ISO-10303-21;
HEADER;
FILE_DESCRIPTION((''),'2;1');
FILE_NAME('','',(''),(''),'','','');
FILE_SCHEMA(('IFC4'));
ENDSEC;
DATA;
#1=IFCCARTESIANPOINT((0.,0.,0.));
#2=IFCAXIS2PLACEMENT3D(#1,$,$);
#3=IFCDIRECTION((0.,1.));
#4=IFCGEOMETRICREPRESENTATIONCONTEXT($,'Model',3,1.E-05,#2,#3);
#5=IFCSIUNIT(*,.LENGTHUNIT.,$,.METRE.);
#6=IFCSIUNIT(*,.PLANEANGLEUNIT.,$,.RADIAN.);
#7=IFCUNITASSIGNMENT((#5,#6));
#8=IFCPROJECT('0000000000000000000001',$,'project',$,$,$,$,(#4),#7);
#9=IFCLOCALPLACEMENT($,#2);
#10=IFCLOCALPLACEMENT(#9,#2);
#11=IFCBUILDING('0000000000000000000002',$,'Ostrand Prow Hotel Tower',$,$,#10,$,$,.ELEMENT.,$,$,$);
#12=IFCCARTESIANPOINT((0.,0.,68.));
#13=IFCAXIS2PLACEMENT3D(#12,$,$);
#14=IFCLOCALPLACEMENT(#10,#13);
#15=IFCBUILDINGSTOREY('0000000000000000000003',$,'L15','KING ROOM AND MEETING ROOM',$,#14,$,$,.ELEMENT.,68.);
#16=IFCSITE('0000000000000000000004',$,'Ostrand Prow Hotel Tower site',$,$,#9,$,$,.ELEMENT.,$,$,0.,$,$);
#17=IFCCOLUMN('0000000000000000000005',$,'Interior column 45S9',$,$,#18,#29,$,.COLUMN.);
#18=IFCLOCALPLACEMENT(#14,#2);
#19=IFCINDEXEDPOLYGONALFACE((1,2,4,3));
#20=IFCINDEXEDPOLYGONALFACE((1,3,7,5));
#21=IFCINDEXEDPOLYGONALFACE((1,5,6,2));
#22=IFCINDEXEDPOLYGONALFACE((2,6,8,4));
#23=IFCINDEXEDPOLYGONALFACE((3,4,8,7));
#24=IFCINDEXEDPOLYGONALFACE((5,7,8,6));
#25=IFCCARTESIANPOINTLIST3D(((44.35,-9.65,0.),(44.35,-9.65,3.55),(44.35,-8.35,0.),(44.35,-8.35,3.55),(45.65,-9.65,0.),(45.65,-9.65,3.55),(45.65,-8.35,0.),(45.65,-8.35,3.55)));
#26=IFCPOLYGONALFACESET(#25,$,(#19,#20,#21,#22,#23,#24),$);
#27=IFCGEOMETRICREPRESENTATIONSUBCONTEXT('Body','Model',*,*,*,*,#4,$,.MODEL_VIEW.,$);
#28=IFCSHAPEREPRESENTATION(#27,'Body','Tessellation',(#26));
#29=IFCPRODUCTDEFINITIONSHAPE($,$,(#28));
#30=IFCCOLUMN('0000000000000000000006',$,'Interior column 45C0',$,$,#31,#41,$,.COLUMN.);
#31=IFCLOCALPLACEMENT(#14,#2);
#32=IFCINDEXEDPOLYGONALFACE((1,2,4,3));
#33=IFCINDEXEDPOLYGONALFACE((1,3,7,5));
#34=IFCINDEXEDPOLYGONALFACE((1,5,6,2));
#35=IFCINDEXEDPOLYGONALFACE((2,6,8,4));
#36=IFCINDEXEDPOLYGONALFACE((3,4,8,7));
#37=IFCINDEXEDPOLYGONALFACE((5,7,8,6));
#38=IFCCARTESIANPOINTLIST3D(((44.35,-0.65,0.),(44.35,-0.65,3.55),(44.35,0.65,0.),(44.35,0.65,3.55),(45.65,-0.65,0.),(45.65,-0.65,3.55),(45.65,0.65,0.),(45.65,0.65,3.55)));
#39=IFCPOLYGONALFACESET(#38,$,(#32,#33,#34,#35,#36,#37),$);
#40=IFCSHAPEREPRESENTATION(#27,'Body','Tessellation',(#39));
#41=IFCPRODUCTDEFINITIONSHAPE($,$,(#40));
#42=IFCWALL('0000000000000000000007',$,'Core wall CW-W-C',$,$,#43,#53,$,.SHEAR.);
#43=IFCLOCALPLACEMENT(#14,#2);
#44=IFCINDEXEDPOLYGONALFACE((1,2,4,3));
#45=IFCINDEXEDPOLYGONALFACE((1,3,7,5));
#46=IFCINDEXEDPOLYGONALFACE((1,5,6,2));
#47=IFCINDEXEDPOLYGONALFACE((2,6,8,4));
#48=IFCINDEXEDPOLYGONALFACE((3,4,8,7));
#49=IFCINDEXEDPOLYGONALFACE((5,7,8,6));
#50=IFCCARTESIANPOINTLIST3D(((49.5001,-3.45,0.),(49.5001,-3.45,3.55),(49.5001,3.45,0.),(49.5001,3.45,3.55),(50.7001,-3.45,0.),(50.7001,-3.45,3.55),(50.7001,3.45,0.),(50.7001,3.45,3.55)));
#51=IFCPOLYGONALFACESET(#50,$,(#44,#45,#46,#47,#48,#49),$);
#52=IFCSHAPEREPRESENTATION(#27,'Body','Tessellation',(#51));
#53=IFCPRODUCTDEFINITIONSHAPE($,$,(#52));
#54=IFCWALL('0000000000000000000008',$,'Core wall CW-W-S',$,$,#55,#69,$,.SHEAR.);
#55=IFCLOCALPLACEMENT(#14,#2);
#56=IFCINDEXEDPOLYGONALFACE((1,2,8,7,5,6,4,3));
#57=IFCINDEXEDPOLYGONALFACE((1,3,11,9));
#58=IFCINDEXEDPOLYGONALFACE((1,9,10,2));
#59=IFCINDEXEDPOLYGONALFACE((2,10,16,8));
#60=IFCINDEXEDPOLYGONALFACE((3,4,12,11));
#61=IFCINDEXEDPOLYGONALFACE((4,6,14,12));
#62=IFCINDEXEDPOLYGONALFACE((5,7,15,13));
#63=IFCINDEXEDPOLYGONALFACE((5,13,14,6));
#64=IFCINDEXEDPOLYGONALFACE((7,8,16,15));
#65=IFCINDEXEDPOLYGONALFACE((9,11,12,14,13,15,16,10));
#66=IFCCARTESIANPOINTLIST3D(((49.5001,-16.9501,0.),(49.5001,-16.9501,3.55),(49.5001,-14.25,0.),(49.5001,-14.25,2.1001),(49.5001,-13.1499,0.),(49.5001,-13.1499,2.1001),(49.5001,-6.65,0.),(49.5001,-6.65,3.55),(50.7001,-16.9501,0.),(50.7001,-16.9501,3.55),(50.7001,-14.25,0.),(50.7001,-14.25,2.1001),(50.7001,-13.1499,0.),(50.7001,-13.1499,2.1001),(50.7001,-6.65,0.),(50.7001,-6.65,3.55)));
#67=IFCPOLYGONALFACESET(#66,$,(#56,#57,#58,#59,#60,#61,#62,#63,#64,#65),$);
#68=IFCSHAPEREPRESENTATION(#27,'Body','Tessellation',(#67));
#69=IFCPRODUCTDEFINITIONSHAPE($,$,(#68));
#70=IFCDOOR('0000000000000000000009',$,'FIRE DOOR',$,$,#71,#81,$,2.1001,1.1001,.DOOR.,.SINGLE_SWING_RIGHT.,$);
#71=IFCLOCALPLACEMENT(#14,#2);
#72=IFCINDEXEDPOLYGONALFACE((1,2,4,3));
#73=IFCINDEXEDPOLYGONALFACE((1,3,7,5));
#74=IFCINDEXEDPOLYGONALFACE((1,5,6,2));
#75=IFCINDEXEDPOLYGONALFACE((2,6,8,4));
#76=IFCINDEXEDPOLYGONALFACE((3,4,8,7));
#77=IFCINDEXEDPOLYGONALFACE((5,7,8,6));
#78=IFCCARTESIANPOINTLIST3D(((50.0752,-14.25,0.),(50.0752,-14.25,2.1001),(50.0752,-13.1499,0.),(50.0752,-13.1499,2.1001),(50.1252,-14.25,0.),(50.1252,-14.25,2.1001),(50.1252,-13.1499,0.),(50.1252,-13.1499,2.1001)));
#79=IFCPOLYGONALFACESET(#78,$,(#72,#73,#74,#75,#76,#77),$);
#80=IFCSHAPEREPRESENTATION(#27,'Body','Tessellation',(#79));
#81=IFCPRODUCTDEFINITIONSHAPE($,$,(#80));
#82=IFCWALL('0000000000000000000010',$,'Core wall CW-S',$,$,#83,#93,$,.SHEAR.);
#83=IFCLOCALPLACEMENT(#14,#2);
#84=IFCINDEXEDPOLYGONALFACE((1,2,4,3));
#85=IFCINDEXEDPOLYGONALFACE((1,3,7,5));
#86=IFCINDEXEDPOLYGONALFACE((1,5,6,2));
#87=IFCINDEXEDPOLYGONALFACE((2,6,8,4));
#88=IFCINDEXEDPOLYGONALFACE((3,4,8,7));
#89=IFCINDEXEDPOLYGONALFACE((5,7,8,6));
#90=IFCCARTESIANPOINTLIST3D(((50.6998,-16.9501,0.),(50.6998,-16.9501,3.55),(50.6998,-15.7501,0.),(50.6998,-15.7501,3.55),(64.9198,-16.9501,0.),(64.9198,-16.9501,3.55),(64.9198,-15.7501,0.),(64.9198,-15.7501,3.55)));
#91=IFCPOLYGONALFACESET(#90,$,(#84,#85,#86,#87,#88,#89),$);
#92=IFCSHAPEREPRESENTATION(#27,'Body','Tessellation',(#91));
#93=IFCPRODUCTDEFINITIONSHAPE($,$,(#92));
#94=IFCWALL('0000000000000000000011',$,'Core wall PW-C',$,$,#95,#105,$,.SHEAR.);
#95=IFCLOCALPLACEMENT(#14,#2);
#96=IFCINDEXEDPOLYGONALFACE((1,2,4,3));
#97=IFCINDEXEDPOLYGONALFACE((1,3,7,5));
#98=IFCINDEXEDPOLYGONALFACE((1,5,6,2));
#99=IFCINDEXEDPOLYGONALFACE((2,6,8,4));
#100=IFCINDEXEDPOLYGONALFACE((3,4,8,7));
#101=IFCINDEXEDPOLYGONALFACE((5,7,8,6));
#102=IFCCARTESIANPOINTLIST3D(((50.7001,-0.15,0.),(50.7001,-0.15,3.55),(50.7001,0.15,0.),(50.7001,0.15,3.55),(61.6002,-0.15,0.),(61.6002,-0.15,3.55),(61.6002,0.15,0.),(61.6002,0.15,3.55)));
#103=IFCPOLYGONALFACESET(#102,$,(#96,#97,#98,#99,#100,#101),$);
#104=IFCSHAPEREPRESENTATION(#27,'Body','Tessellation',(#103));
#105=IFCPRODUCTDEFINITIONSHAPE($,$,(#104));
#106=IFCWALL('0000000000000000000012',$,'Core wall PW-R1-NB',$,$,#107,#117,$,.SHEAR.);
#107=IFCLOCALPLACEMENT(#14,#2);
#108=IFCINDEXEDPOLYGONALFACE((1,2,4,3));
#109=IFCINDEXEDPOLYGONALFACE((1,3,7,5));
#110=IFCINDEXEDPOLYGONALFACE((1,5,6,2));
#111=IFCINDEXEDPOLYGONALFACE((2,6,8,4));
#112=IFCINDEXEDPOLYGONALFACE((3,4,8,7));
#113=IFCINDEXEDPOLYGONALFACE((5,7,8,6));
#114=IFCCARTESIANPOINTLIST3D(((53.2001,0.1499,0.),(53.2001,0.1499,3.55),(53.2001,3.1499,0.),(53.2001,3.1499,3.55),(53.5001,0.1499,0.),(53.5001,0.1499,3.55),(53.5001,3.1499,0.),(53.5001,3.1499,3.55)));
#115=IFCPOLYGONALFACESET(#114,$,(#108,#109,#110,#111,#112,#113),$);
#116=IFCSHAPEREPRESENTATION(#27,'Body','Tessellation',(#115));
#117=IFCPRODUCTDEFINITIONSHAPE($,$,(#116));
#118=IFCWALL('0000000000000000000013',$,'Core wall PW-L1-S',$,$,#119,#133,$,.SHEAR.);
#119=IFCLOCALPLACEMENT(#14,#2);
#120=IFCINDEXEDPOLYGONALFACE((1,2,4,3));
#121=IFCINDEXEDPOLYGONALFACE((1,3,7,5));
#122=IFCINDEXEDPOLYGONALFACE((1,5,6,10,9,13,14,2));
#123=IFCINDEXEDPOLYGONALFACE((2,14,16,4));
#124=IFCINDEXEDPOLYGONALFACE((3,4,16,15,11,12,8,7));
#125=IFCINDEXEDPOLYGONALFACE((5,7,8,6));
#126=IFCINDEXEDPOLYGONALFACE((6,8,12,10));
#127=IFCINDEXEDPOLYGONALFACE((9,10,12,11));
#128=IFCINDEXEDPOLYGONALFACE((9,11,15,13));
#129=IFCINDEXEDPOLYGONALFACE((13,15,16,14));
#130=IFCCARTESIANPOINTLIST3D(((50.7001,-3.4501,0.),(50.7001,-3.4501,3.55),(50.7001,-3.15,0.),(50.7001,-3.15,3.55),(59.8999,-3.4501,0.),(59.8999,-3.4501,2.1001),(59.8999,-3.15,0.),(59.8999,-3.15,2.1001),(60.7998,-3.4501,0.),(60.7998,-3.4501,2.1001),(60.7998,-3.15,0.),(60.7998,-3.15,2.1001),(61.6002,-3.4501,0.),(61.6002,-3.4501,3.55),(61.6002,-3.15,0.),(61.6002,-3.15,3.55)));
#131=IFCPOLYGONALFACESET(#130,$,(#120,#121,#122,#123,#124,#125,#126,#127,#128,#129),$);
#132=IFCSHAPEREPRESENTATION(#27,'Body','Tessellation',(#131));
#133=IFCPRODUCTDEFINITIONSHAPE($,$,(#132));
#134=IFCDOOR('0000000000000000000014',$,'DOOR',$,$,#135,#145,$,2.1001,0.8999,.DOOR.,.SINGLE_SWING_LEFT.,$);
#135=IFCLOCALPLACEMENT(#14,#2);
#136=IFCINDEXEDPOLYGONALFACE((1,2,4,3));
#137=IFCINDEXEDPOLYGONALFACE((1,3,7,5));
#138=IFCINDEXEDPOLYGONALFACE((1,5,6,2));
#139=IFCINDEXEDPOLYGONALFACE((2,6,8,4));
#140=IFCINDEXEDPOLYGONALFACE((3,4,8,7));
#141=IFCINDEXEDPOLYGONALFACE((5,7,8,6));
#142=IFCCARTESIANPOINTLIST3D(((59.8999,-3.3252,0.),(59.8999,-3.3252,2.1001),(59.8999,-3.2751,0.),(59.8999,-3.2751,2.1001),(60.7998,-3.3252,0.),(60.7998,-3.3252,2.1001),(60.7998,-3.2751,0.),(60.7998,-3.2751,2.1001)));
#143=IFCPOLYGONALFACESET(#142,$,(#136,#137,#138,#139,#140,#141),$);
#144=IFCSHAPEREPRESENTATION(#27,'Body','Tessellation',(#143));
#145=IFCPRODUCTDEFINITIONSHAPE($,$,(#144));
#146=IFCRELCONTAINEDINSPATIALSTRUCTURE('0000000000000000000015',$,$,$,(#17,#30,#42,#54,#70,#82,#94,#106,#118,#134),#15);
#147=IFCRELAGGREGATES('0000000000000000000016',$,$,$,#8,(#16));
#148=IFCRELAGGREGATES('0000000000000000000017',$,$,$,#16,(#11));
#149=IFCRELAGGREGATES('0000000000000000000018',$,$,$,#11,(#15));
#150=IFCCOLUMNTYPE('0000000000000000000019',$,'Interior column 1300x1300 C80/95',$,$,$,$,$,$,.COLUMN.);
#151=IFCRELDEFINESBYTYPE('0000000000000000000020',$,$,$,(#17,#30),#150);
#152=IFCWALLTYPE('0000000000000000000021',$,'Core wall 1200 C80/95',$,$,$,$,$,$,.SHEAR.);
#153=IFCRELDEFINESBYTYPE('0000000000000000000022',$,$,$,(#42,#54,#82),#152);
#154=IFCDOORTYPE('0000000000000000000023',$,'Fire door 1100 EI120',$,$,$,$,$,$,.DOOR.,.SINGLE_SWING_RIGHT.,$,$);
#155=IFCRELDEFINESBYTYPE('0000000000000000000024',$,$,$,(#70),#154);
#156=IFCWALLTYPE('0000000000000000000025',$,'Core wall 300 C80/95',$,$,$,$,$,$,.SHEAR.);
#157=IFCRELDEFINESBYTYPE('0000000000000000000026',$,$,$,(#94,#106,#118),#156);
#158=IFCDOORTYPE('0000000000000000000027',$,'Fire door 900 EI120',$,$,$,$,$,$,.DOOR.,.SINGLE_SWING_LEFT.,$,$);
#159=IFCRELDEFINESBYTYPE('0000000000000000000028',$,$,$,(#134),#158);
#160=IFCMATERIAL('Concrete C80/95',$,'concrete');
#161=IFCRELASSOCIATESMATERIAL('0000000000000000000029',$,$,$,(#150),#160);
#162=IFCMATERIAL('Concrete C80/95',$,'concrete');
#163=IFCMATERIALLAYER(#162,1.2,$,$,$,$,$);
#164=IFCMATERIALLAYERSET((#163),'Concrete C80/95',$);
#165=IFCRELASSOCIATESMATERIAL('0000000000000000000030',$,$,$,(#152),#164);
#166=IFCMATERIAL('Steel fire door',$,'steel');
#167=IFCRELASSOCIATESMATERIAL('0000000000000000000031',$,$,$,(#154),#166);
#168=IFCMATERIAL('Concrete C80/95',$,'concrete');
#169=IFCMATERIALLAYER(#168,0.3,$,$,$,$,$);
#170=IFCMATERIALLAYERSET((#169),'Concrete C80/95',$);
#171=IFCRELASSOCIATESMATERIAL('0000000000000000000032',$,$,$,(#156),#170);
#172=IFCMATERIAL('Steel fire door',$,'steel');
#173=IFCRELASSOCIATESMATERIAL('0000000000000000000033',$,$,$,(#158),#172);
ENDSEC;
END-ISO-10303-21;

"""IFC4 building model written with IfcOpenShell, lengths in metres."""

from ifc_helpers import new_model, si_unit, direction, frame, frame_2d, origin, origin_2d, place, context, subcontext, project, spatial, rectangle, extrude, material, layer, layer_set, material_profile, profile_set, type_object, element, fill, save


model = new_model("IFC4")

# Units and contexts
model_context = context("Model", 3, precision=1e-05, world=origin(), true_north=direction((0.0, 1.0)))
body_context = subcontext(model_context, "Body", "Model", "MODEL_VIEW")
ifc_project = project(units=[si_unit("LENGTHUNIT", "METRE"), si_unit("PLANEANGLEUNIT", "RADIAN")], contexts=[model_context])

# Site, building, storey
site_placement = place(None, origin())
site = spatial("IfcSite", under=ifc_project, at=site_placement, Name="Ostrand Prow Hotel Tower site", CompositionType="ELEMENT", RefElevation=0.0)
building_placement = place(site_placement, origin())
building = spatial("IfcBuilding", under=site, at=building_placement, Name="Ostrand Prow Hotel Tower", CompositionType="ELEMENT")
storey_placement = place(building_placement, frame((0.0, 0.0, 68.0)))
storey = spatial("IfcBuildingStorey", under=building, at=storey_placement, Name="L15", Description="KING ROOM AND MEETING ROOM", CompositionType="ELEMENT", Elevation=68.0)

# Columns
ifc_material_1 = material(Name="Concrete C80/95", Category="concrete")
ifc_material_profile = material_profile(ifc_material_1, rectangle(XDim=1.3, YDim=1.3, at=origin_2d()), Name="RC 1300x1300")
ifc_profile_set = profile_set([ifc_material_profile], Name="Concrete C80/95")
column_type = type_object("IfcColumnType", Name="Interior column 1300x1300 C80/95", PredefinedType="COLUMN", material=ifc_profile_set)
for number, where, z_axis, x_axis, name in (
    (1, (45.0, -9.0, 0.0), (0.0, 0.0, 1.0), (1.0, 0.0, 0.0), "Interior column 45S9"),
    (2, (45.0, 0.0, 0.0), (0.0, 0.0, 1.0), (1.0, 0.0, 0.0), "Interior column 45C0"),
):
    element("IfcColumn", number, at=place(storey_placement, frame(where, z_axis=z_axis, x_axis=x_axis)), inside=storey, type_object=column_type, Name=name, PredefinedType="COLUMN", context=body_context, shape_type="SweptSolid", body=[
        extrude(rectangle(XDim=1.3, YDim=1.3, at=origin_2d()), origin(), (0.0, 0.0, 1.0), 3.55),
    ])

# Wall
ifc_material_2 = material(Name="Concrete C80/95", Category="concrete")
ifc_layer_1 = layer(ifc_material_2, 1.2)
ifc_layer_set_1 = layer_set([ifc_layer_1], Name="Concrete C80/95")
wall_type_1 = type_object("IfcWallType", Name="Core wall 1200 C80/95", PredefinedType="SHEAR", material=ifc_layer_set_1)
wall_1_placement = place(storey_placement, frame((50.1001, -3.45, 0.0), z_axis=(0.0, 0.0, 1.0), x_axis=(0.0, 1.0, 0.0)))
element("IfcWall", 3, at=wall_1_placement, inside=storey, type_object=wall_type_1, Name="Core wall CW-W-C", PredefinedType="SHEAR", context=body_context, shape_type="SweptSolid", body=[
    extrude(rectangle(XDim=6.8999, YDim=1.2, at=frame_2d((3.45, 0.0))), origin(), (0.0, 0.0, 1.0), 3.55),
])

# Wall, opening, door
wall_2_placement = place(storey_placement, frame((50.1001, -16.95, 0.0), z_axis=(0.0, 0.0, 1.0), x_axis=(0.0, 1.0, 0.0)))
wall_2 = element("IfcWall", 4, at=wall_2_placement, inside=storey, type_object=wall_type_1, Name="Core wall CW-W-S", PredefinedType="SHEAR", context=body_context, shape_type="SweptSolid", body=[
    extrude(rectangle(XDim=10.3, YDim=1.2, at=frame_2d((5.1499, 0.0))), origin(), (0.0, 0.0, 1.0), 3.55),
])
opening_1_placement = place(wall_2_placement, frame((2.7, 0.0, 0.0)))
opening_1 = element("IfcOpeningElement", 5, at=opening_1_placement, cuts=wall_2, PredefinedType="OPENING", context=body_context, shape_type="SweptSolid", body=[
    extrude(rectangle(XDim=1.1001, YDim=2.1001, at=frame_2d((0.55, 1.05))), frame((0.0, 0.6099, 0.0), z_axis=(0.0, -1.0, 0.0), x_axis=(1.0, 0.0, 0.0)), (0.0, 0.0, 1.0), 1.22),
])
ifc_material_3 = material(Name="Steel fire door", Category="steel")
door_type_1 = type_object("IfcDoorType", Name="Fire door 1100 EI120", OperationType="SINGLE_SWING_RIGHT", PredefinedType="DOOR", material=ifc_material_3)
door_1_placement = place(opening_1_placement, origin())
door_1 = element("IfcDoor", 6, at=door_1_placement, inside=storey, type_object=door_type_1, Name="FIRE DOOR", OperationType="SINGLE_SWING_RIGHT", OverallHeight=2.1001, OverallWidth=1.1001, PredefinedType="DOOR", context=body_context, shape_type="SweptSolid", body=[
    extrude(rectangle(XDim=1.1001, YDim=2.1001, at=frame_2d((0.55, 1.05))), frame((0.0, 0.0249, 0.0), z_axis=(0.0, -1.0, 0.0), x_axis=(1.0, 0.0, 0.0)), (0.0, 0.0, 1.0), 0.05),
])
fill(opening_1, door_1)

# Walls
wall_3_placement = place(storey_placement, frame((50.7, -16.3501, 0.0), z_axis=(0.0, 0.0, 1.0), x_axis=(1.0, 0.0, 0.0)))
element("IfcWall", 7, at=wall_3_placement, inside=storey, type_object=wall_type_1, Name="Core wall CW-S", PredefinedType="SHEAR", context=body_context, shape_type="SweptSolid", body=[
    extrude(rectangle(XDim=14.22, YDim=1.2, at=frame_2d((7.1099, 0.0))), origin(), (0.0, 0.0, 1.0), 3.55),
])
ifc_material_4 = material(Name="Concrete C80/95", Category="concrete")
ifc_layer_2 = layer(ifc_material_4, 0.3)
ifc_layer_set_2 = layer_set([ifc_layer_2], Name="Concrete C80/95")
wall_type_2 = type_object("IfcWallType", Name="Core wall 300 C80/95", PredefinedType="SHEAR", material=ifc_layer_set_2)
wall_4_placement = place(storey_placement, frame((50.7, 0.0, 0.0), z_axis=(0.0, 0.0, 1.0), x_axis=(1.0, 0.0, 0.0)))
element("IfcWall", 8, at=wall_4_placement, inside=storey, type_object=wall_type_2, Name="Core wall PW-C", PredefinedType="SHEAR", context=body_context, shape_type="SweptSolid", body=[
    extrude(rectangle(XDim=10.9001, YDim=0.3, at=frame_2d((5.4502, 0.0))), origin(), (0.0, 0.0, 1.0), 3.55),
])
wall_5_placement = place(storey_placement, frame((53.3501, 0.1499, 0.0), z_axis=(0.0, 0.0, 1.0), x_axis=(0.0, 1.0, 0.0)))
element("IfcWall", 9, at=wall_5_placement, inside=storey, type_object=wall_type_2, Name="Core wall PW-R1-NB", PredefinedType="SHEAR", context=body_context, shape_type="SweptSolid", body=[
    extrude(rectangle(XDim=3.0, YDim=0.3, at=frame_2d((1.5, 0.0))), origin(), (0.0, 0.0, 1.0), 3.55),
])

# Wall, opening, door
wall_6_placement = place(storey_placement, frame((50.7, -3.3, 0.0), z_axis=(0.0, 0.0, 1.0), x_axis=(1.0, 0.0, 0.0)))
wall_6 = element("IfcWall", 10, at=wall_6_placement, inside=storey, type_object=wall_type_2, Name="Core wall PW-L1-S", PredefinedType="SHEAR", context=body_context, shape_type="SweptSolid", body=[
    extrude(rectangle(XDim=10.9001, YDim=0.3, at=frame_2d((5.4502, 0.0))), origin(), (0.0, 0.0, 1.0), 3.55),
])
opening_2_placement = place(wall_6_placement, frame((9.2, 0.0, 0.0)))
opening_2 = element("IfcOpeningElement", 11, at=opening_2_placement, cuts=wall_6, PredefinedType="OPENING", context=body_context, shape_type="SweptSolid", body=[
    extrude(rectangle(XDim=0.8999, YDim=2.1001, at=frame_2d((0.45, 1.05))), frame((0.0, 0.1599, 0.0), z_axis=(0.0, -1.0, 0.0), x_axis=(1.0, 0.0, 0.0)), (0.0, 0.0, 1.0), 0.3201),
])
ifc_material_5 = material(Name="Steel fire door", Category="steel")
door_type_2 = type_object("IfcDoorType", Name="Fire door 900 EI120", OperationType="SINGLE_SWING_LEFT", PredefinedType="DOOR", material=ifc_material_5)
door_2_placement = place(opening_2_placement, origin())
door_2 = element("IfcDoor", 12, at=door_2_placement, inside=storey, type_object=door_type_2, Name="DOOR", OperationType="SINGLE_SWING_LEFT", OverallHeight=2.1001, OverallWidth=0.8999, PredefinedType="DOOR", context=body_context, shape_type="SweptSolid", body=[
    extrude(rectangle(XDim=0.8999, YDim=2.1001, at=frame_2d((0.45, 1.05))), frame((0.0, 0.0249, 0.0), z_axis=(0.0, -1.0, 0.0), x_axis=(1.0, 0.0, 0.0)), (0.0, 0.0, 1.0), 0.05),
])
fill(opening_2, door_2)

save(model, "model.ifc")
